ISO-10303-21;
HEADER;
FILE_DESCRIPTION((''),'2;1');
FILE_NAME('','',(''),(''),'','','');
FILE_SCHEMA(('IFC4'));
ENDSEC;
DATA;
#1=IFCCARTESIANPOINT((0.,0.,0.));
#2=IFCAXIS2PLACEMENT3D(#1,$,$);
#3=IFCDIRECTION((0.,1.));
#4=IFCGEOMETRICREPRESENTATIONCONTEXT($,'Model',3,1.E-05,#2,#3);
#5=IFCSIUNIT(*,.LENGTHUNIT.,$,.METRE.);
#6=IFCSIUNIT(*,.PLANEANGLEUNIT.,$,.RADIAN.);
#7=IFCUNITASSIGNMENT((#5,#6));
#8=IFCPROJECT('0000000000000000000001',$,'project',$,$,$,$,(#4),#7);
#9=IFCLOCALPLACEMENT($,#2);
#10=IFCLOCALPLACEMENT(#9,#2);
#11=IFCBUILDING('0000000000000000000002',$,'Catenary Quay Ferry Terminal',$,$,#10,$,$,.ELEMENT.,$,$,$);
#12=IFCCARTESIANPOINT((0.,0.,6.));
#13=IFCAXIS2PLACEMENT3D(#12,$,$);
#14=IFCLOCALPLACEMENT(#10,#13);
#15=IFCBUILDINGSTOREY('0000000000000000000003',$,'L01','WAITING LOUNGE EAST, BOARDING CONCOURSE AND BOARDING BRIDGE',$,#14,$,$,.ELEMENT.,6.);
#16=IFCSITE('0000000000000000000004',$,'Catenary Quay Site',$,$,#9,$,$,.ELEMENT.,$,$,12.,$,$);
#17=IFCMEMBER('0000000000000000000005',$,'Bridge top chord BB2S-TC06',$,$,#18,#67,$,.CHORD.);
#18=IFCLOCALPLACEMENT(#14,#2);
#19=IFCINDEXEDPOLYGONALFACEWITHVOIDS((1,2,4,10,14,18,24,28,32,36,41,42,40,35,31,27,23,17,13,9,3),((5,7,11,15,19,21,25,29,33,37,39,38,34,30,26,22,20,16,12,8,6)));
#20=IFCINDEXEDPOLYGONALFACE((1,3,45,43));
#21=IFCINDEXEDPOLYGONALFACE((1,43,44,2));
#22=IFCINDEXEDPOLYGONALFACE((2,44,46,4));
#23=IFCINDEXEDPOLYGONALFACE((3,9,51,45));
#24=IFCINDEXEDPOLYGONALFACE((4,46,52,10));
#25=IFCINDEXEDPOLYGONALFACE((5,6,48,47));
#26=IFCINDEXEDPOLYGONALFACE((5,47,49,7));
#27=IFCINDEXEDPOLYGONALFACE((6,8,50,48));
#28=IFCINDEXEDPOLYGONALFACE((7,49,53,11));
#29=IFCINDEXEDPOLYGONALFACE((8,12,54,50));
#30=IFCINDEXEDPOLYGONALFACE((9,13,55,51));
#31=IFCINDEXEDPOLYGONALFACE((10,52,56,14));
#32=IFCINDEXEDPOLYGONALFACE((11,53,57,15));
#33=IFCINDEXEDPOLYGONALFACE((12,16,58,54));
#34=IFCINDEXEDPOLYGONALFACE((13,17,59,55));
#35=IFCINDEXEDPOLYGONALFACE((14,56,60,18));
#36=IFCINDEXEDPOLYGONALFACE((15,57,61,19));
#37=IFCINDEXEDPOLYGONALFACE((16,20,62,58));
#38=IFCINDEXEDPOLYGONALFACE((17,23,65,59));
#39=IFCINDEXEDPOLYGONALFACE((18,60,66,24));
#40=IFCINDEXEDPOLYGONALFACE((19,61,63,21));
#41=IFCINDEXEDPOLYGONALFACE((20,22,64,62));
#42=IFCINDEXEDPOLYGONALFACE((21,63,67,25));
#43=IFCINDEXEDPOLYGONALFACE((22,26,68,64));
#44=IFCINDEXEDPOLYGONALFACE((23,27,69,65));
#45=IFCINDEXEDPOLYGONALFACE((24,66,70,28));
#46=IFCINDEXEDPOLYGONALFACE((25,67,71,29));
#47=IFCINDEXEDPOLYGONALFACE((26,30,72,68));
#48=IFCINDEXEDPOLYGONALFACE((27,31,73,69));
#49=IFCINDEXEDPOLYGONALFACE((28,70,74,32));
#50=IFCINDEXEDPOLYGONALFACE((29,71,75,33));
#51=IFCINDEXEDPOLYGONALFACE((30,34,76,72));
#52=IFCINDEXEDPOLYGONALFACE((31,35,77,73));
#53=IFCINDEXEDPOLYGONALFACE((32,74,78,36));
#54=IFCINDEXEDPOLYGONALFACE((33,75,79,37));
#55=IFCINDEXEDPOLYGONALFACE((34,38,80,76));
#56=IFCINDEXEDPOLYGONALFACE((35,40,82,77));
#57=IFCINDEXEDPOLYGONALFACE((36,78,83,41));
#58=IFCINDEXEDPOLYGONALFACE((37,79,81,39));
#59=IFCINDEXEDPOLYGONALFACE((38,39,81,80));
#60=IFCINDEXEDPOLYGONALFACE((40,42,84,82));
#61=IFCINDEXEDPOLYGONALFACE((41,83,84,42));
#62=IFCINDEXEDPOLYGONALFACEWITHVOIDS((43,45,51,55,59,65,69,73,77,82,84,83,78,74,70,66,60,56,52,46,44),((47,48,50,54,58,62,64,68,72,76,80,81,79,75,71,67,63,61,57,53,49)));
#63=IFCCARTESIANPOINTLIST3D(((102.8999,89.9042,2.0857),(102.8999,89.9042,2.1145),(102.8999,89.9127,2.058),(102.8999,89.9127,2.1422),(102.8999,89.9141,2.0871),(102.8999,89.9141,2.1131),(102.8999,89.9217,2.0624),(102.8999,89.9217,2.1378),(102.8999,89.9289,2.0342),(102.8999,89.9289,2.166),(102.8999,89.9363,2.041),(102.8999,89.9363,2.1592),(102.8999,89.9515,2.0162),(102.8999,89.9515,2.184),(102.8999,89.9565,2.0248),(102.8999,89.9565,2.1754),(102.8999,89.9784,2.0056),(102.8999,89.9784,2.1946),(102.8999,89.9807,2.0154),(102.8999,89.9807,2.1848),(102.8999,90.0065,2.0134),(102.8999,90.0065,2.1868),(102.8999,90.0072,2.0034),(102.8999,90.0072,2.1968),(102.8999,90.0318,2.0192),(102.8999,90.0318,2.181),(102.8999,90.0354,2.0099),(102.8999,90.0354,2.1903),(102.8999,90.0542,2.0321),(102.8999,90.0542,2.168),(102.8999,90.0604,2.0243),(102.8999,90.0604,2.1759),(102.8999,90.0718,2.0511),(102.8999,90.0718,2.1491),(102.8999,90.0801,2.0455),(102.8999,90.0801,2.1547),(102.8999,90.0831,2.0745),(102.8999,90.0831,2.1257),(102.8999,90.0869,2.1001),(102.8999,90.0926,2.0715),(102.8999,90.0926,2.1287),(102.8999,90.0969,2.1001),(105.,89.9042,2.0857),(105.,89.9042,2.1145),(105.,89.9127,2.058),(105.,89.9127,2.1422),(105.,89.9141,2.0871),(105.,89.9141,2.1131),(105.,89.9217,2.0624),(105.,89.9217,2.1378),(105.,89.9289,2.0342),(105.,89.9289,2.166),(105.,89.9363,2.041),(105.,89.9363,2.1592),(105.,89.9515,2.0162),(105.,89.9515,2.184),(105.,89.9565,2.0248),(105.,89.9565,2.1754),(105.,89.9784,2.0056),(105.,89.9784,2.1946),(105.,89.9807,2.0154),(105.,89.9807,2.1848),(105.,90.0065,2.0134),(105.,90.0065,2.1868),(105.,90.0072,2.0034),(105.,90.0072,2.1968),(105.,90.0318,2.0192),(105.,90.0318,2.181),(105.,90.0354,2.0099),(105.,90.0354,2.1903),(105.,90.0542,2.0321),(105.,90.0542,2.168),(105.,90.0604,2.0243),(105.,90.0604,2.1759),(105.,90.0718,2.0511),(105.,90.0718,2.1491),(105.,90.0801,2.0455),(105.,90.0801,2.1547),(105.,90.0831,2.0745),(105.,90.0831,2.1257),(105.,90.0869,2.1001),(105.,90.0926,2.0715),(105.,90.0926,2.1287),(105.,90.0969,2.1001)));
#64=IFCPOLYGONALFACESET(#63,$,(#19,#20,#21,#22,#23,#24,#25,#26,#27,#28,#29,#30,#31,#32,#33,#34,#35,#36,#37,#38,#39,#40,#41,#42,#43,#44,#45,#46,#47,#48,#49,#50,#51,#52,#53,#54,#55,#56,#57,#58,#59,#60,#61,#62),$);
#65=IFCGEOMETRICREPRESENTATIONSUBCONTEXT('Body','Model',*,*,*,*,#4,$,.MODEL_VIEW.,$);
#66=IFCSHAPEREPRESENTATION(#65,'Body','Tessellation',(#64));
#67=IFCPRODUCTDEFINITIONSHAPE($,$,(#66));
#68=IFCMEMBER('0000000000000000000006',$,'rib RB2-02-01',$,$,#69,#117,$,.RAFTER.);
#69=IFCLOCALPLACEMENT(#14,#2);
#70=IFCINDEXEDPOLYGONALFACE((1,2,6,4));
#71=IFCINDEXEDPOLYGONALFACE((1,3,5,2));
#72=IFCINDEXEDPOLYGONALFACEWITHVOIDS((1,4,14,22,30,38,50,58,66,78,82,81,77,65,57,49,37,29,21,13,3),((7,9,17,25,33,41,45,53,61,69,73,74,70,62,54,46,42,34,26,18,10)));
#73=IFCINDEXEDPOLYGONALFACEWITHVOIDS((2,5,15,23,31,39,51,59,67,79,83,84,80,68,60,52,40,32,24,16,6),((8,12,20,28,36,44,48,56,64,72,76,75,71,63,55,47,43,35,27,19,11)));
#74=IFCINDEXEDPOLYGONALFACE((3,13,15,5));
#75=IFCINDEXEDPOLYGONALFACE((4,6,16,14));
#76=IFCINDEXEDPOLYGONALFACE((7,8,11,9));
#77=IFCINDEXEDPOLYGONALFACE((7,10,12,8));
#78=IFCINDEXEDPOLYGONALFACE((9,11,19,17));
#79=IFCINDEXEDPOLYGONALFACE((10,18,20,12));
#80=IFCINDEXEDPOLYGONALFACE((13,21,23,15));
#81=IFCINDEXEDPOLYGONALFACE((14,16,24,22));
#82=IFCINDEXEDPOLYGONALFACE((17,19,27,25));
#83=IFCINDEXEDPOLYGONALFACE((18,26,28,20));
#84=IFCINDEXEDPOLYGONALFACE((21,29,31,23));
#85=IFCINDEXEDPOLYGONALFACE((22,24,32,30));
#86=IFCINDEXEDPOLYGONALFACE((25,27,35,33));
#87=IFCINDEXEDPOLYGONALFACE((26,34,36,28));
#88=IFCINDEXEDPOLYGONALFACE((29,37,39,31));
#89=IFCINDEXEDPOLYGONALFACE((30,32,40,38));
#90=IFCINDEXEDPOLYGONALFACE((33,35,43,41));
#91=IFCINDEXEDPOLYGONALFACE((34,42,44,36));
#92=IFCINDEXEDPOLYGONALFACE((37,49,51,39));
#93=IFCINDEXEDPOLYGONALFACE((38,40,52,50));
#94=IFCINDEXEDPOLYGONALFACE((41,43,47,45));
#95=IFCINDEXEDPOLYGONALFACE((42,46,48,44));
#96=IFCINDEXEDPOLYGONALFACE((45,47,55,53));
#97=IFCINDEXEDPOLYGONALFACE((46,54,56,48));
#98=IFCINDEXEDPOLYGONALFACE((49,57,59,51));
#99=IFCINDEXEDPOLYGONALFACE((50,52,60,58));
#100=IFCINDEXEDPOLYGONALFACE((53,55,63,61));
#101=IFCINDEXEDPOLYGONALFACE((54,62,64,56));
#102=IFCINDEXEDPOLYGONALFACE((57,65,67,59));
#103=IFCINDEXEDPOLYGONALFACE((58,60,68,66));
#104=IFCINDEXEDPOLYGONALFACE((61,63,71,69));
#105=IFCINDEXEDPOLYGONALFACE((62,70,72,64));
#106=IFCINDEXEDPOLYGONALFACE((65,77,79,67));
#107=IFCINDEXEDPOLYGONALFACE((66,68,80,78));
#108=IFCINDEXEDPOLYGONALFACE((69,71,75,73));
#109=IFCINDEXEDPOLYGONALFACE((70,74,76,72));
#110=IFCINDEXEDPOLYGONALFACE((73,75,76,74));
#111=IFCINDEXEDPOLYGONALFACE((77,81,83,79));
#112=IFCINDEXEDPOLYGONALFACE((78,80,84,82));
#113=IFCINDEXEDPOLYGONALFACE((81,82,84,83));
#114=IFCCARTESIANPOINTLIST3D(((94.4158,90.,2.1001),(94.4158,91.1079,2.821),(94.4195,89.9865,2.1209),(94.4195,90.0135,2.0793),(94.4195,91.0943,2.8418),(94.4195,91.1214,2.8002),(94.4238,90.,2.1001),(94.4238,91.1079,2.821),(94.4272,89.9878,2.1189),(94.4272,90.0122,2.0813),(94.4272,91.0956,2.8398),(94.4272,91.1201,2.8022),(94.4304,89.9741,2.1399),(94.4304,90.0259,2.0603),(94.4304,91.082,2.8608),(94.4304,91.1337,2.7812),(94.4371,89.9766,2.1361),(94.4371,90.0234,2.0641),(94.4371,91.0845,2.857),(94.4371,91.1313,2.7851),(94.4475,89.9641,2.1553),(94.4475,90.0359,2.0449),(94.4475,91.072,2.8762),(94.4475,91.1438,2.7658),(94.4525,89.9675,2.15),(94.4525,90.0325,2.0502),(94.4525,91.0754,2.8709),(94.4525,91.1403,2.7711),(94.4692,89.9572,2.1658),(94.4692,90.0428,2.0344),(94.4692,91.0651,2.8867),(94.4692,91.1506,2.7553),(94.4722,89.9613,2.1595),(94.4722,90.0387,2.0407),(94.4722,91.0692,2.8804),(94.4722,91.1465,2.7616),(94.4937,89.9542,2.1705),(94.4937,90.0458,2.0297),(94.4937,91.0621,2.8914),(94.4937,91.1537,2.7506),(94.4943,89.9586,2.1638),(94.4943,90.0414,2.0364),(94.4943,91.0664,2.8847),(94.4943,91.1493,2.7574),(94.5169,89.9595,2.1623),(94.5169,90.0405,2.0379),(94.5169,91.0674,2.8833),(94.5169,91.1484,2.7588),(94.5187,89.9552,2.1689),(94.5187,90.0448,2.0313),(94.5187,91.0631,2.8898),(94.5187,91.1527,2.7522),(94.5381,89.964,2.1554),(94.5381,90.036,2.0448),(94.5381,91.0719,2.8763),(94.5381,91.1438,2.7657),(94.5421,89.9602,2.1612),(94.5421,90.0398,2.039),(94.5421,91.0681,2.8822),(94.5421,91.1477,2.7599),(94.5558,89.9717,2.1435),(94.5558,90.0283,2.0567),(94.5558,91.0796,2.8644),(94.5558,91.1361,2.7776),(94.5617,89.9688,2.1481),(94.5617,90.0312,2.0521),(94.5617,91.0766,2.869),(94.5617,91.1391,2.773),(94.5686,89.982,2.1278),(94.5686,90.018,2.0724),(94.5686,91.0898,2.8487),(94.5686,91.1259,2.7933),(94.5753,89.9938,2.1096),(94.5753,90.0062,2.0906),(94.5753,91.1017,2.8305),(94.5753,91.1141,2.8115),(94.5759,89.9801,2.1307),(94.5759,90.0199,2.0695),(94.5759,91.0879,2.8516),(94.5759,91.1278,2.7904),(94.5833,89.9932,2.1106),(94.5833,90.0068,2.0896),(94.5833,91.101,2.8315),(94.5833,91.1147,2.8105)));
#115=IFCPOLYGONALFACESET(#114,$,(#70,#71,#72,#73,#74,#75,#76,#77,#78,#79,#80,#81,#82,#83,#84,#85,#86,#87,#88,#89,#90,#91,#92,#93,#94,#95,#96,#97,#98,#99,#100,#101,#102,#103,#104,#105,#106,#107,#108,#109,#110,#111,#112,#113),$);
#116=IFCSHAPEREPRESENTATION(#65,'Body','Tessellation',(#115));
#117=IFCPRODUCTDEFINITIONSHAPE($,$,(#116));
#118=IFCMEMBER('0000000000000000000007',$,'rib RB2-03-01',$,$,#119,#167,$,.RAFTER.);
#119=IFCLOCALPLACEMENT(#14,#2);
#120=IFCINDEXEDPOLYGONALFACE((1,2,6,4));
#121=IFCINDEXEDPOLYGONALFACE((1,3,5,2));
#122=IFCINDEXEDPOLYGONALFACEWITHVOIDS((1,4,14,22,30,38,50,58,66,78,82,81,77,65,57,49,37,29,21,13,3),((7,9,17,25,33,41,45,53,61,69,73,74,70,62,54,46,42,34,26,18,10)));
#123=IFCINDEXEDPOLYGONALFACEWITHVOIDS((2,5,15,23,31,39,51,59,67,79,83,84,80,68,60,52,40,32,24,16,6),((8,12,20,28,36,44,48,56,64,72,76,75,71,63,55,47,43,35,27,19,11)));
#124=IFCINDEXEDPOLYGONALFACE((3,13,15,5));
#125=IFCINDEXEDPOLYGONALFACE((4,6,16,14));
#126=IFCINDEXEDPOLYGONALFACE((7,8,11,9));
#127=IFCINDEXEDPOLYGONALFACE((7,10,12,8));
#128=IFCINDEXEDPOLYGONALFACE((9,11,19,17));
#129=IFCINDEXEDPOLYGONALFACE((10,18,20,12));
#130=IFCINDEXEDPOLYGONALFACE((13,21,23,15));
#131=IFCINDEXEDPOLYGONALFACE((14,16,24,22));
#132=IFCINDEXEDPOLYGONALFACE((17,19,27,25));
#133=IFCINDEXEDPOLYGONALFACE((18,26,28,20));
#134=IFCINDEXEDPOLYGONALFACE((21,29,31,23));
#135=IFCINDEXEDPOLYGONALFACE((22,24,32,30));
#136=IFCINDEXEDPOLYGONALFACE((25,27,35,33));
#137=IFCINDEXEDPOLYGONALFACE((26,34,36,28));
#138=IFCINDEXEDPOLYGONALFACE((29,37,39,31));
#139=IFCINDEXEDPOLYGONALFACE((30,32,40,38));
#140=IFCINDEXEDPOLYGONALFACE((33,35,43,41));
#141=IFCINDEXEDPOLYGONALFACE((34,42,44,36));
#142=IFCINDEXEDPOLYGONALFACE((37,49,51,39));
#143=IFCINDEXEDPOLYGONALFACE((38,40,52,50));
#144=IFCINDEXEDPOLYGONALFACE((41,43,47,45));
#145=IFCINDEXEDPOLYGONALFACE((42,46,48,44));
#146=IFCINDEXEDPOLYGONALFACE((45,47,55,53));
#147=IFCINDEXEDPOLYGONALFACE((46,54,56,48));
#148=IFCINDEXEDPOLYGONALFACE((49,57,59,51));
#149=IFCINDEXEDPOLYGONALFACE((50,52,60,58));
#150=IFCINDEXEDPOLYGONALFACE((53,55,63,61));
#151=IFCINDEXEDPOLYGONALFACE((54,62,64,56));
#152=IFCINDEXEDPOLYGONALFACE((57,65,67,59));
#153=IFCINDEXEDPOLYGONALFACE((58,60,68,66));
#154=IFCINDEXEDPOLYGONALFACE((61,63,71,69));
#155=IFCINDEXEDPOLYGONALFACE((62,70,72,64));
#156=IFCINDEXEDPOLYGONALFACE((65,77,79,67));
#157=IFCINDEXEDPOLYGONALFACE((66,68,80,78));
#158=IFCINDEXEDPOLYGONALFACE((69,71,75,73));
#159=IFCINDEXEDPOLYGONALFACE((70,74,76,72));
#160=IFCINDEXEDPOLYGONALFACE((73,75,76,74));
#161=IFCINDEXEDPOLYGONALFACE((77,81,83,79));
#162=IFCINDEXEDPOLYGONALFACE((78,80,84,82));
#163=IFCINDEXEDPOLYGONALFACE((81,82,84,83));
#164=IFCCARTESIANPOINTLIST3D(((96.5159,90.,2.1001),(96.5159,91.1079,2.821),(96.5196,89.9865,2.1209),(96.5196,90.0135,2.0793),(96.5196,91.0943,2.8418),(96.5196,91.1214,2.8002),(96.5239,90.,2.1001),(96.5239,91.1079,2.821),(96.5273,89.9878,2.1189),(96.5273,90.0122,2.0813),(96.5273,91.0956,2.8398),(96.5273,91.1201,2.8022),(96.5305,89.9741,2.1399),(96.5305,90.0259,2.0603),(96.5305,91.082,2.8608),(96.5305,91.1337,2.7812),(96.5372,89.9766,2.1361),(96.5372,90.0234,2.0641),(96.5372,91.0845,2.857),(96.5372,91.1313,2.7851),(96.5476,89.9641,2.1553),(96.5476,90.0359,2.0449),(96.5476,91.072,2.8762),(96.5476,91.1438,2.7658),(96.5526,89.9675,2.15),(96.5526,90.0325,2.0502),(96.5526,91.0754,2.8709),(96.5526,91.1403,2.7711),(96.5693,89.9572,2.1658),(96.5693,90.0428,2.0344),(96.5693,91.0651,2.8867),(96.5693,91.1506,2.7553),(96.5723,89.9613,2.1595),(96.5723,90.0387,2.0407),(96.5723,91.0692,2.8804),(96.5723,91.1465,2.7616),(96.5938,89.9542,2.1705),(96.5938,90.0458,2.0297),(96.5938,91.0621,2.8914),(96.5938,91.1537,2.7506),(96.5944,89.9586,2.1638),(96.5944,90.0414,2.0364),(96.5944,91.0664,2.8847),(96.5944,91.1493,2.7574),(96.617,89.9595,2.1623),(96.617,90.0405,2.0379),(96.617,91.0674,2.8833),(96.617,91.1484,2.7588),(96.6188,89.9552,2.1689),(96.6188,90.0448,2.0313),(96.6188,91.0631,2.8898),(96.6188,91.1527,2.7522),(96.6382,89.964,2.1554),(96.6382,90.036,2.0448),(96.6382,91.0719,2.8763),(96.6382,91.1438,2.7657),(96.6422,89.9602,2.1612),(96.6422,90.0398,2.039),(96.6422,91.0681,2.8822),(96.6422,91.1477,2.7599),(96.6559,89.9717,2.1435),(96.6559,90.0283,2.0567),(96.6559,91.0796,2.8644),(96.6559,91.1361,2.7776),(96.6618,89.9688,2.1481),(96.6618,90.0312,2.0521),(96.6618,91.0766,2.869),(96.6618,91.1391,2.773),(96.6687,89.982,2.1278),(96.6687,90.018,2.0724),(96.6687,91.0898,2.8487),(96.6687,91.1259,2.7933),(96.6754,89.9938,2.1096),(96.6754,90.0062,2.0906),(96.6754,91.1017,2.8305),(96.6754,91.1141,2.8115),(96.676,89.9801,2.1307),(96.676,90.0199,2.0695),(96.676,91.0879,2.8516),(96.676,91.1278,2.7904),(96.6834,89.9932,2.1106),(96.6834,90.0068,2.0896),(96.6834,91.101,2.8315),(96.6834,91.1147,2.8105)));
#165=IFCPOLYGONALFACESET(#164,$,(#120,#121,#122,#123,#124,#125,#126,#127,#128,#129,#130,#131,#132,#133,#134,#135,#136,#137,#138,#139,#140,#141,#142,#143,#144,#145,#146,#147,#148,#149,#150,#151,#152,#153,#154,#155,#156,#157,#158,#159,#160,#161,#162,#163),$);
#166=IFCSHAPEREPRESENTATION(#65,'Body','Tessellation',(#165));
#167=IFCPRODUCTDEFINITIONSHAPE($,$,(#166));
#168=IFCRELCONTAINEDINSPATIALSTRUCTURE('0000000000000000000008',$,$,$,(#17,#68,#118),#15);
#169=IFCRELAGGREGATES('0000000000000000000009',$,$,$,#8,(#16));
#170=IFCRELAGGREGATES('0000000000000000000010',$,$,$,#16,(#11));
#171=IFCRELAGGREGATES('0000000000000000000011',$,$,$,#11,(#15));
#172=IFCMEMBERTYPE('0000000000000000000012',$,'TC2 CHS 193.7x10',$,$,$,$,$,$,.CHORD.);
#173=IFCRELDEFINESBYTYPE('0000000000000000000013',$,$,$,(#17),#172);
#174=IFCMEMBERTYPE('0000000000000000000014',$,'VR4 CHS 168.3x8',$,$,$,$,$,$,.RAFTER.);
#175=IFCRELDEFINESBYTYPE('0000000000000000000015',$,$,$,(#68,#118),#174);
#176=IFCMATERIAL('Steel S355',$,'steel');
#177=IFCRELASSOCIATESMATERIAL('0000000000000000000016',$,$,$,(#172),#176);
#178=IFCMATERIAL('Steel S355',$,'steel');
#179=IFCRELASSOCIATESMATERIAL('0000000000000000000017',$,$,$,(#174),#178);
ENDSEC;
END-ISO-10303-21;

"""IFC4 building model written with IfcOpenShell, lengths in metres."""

from ifc_helpers import new_model, si_unit, direction, frame, origin, origin_2d, place, context, subcontext, project, spatial, hollow_circle, extrude, material, material_profile, profile_set, type_object, element, save


model = new_model("IFC4")

# Units and contexts
model_context = context("Model", 3, precision=1e-05, world=origin(), true_north=direction((0.0, 1.0)))
body_context = subcontext(model_context, "Body", "Model", "MODEL_VIEW")
ifc_project = project(units=[si_unit("LENGTHUNIT", "METRE"), si_unit("PLANEANGLEUNIT", "RADIAN")], contexts=[model_context])

# Site, building, storey
site_placement = place(None, origin())
site = spatial("IfcSite", under=ifc_project, at=site_placement, Name="Catenary Quay Site", CompositionType="ELEMENT", RefElevation=12.0)
building_placement = place(site_placement, origin())
building = spatial("IfcBuilding", under=site, at=building_placement, Name="Catenary Quay Ferry Terminal", CompositionType="ELEMENT")
storey_placement = place(building_placement, frame((0.0, 0.0, 6.0)))
storey = spatial("IfcBuildingStorey", under=building, at=storey_placement, Name="L01", Description="WAITING LOUNGE EAST, BOARDING CONCOURSE AND BOARDING BRIDGE", CompositionType="ELEMENT", Elevation=6.0)

# Members
ifc_material_1 = material(Name="Steel S355", Category="steel")
ifc_material_profile_1 = material_profile(ifc_material_1, hollow_circle(Radius=0.0969, WallThickness=0.01, at=origin_2d()), Name="CHS 193.7x10")
ifc_profile_set_1 = profile_set([ifc_material_profile_1], Name="Steel S355")
member_type_1 = type_object("IfcMemberType", Name="TC2 CHS 193.7x10", PredefinedType="CHORD", material=ifc_profile_set_1)
member_1_placement = place(storey_placement, frame((102.8999, 90.0, 2.1001), z_axis=(1.0, 0.0, 0.0), x_axis=(0.0, 1.0, 0.0)))
element("IfcMember", 1, at=member_1_placement, inside=storey, type_object=member_type_1, Name="Bridge top chord BB2S-TC06", PredefinedType="CHORD", context=body_context, shape_type="SweptSolid", body=[
    extrude(hollow_circle(Radius=0.0969, WallThickness=0.01, at=origin_2d()), origin(), (0.0, 0.0, 1.0), 2.1001),
])
ifc_material_2 = material(Name="Steel S355", Category="steel")
ifc_material_profile_2 = material_profile(ifc_material_2, hollow_circle(Radius=0.0842, WallThickness=0.0081, at=origin_2d()), Name="CHS 168.3x8")
ifc_profile_set_2 = profile_set([ifc_material_profile_2], Name="Steel S355")
member_type_2 = type_object("IfcMemberType", Name="VR4 CHS 168.3x8", PredefinedType="RAFTER", material=ifc_profile_set_2)
for number, where, z_axis, x_axis, name in (
    (2, (94.5, 90.0, 2.1001), (0.0, 0.838165, 0.545417), (-1.0, 0.0, 0.0), "rib RB2-02-01"),
    (3, (96.6001, 90.0, 2.1001), (0.0, 0.838165, 0.545417), (-1.0, 0.0, 0.0), "rib RB2-03-01"),
):
    element("IfcMember", number, at=place(storey_placement, frame(where, z_axis=z_axis, x_axis=x_axis)), inside=storey, type_object=member_type_2, Name=name, PredefinedType="RAFTER", context=body_context, shape_type="SweptSolid", body=[
        extrude(hollow_circle(Radius=0.0842, WallThickness=0.0081, at=origin_2d()), origin(), (0.0, 0.0, 1.0), 1.3218),
    ])

save(model, "model.ifc")
